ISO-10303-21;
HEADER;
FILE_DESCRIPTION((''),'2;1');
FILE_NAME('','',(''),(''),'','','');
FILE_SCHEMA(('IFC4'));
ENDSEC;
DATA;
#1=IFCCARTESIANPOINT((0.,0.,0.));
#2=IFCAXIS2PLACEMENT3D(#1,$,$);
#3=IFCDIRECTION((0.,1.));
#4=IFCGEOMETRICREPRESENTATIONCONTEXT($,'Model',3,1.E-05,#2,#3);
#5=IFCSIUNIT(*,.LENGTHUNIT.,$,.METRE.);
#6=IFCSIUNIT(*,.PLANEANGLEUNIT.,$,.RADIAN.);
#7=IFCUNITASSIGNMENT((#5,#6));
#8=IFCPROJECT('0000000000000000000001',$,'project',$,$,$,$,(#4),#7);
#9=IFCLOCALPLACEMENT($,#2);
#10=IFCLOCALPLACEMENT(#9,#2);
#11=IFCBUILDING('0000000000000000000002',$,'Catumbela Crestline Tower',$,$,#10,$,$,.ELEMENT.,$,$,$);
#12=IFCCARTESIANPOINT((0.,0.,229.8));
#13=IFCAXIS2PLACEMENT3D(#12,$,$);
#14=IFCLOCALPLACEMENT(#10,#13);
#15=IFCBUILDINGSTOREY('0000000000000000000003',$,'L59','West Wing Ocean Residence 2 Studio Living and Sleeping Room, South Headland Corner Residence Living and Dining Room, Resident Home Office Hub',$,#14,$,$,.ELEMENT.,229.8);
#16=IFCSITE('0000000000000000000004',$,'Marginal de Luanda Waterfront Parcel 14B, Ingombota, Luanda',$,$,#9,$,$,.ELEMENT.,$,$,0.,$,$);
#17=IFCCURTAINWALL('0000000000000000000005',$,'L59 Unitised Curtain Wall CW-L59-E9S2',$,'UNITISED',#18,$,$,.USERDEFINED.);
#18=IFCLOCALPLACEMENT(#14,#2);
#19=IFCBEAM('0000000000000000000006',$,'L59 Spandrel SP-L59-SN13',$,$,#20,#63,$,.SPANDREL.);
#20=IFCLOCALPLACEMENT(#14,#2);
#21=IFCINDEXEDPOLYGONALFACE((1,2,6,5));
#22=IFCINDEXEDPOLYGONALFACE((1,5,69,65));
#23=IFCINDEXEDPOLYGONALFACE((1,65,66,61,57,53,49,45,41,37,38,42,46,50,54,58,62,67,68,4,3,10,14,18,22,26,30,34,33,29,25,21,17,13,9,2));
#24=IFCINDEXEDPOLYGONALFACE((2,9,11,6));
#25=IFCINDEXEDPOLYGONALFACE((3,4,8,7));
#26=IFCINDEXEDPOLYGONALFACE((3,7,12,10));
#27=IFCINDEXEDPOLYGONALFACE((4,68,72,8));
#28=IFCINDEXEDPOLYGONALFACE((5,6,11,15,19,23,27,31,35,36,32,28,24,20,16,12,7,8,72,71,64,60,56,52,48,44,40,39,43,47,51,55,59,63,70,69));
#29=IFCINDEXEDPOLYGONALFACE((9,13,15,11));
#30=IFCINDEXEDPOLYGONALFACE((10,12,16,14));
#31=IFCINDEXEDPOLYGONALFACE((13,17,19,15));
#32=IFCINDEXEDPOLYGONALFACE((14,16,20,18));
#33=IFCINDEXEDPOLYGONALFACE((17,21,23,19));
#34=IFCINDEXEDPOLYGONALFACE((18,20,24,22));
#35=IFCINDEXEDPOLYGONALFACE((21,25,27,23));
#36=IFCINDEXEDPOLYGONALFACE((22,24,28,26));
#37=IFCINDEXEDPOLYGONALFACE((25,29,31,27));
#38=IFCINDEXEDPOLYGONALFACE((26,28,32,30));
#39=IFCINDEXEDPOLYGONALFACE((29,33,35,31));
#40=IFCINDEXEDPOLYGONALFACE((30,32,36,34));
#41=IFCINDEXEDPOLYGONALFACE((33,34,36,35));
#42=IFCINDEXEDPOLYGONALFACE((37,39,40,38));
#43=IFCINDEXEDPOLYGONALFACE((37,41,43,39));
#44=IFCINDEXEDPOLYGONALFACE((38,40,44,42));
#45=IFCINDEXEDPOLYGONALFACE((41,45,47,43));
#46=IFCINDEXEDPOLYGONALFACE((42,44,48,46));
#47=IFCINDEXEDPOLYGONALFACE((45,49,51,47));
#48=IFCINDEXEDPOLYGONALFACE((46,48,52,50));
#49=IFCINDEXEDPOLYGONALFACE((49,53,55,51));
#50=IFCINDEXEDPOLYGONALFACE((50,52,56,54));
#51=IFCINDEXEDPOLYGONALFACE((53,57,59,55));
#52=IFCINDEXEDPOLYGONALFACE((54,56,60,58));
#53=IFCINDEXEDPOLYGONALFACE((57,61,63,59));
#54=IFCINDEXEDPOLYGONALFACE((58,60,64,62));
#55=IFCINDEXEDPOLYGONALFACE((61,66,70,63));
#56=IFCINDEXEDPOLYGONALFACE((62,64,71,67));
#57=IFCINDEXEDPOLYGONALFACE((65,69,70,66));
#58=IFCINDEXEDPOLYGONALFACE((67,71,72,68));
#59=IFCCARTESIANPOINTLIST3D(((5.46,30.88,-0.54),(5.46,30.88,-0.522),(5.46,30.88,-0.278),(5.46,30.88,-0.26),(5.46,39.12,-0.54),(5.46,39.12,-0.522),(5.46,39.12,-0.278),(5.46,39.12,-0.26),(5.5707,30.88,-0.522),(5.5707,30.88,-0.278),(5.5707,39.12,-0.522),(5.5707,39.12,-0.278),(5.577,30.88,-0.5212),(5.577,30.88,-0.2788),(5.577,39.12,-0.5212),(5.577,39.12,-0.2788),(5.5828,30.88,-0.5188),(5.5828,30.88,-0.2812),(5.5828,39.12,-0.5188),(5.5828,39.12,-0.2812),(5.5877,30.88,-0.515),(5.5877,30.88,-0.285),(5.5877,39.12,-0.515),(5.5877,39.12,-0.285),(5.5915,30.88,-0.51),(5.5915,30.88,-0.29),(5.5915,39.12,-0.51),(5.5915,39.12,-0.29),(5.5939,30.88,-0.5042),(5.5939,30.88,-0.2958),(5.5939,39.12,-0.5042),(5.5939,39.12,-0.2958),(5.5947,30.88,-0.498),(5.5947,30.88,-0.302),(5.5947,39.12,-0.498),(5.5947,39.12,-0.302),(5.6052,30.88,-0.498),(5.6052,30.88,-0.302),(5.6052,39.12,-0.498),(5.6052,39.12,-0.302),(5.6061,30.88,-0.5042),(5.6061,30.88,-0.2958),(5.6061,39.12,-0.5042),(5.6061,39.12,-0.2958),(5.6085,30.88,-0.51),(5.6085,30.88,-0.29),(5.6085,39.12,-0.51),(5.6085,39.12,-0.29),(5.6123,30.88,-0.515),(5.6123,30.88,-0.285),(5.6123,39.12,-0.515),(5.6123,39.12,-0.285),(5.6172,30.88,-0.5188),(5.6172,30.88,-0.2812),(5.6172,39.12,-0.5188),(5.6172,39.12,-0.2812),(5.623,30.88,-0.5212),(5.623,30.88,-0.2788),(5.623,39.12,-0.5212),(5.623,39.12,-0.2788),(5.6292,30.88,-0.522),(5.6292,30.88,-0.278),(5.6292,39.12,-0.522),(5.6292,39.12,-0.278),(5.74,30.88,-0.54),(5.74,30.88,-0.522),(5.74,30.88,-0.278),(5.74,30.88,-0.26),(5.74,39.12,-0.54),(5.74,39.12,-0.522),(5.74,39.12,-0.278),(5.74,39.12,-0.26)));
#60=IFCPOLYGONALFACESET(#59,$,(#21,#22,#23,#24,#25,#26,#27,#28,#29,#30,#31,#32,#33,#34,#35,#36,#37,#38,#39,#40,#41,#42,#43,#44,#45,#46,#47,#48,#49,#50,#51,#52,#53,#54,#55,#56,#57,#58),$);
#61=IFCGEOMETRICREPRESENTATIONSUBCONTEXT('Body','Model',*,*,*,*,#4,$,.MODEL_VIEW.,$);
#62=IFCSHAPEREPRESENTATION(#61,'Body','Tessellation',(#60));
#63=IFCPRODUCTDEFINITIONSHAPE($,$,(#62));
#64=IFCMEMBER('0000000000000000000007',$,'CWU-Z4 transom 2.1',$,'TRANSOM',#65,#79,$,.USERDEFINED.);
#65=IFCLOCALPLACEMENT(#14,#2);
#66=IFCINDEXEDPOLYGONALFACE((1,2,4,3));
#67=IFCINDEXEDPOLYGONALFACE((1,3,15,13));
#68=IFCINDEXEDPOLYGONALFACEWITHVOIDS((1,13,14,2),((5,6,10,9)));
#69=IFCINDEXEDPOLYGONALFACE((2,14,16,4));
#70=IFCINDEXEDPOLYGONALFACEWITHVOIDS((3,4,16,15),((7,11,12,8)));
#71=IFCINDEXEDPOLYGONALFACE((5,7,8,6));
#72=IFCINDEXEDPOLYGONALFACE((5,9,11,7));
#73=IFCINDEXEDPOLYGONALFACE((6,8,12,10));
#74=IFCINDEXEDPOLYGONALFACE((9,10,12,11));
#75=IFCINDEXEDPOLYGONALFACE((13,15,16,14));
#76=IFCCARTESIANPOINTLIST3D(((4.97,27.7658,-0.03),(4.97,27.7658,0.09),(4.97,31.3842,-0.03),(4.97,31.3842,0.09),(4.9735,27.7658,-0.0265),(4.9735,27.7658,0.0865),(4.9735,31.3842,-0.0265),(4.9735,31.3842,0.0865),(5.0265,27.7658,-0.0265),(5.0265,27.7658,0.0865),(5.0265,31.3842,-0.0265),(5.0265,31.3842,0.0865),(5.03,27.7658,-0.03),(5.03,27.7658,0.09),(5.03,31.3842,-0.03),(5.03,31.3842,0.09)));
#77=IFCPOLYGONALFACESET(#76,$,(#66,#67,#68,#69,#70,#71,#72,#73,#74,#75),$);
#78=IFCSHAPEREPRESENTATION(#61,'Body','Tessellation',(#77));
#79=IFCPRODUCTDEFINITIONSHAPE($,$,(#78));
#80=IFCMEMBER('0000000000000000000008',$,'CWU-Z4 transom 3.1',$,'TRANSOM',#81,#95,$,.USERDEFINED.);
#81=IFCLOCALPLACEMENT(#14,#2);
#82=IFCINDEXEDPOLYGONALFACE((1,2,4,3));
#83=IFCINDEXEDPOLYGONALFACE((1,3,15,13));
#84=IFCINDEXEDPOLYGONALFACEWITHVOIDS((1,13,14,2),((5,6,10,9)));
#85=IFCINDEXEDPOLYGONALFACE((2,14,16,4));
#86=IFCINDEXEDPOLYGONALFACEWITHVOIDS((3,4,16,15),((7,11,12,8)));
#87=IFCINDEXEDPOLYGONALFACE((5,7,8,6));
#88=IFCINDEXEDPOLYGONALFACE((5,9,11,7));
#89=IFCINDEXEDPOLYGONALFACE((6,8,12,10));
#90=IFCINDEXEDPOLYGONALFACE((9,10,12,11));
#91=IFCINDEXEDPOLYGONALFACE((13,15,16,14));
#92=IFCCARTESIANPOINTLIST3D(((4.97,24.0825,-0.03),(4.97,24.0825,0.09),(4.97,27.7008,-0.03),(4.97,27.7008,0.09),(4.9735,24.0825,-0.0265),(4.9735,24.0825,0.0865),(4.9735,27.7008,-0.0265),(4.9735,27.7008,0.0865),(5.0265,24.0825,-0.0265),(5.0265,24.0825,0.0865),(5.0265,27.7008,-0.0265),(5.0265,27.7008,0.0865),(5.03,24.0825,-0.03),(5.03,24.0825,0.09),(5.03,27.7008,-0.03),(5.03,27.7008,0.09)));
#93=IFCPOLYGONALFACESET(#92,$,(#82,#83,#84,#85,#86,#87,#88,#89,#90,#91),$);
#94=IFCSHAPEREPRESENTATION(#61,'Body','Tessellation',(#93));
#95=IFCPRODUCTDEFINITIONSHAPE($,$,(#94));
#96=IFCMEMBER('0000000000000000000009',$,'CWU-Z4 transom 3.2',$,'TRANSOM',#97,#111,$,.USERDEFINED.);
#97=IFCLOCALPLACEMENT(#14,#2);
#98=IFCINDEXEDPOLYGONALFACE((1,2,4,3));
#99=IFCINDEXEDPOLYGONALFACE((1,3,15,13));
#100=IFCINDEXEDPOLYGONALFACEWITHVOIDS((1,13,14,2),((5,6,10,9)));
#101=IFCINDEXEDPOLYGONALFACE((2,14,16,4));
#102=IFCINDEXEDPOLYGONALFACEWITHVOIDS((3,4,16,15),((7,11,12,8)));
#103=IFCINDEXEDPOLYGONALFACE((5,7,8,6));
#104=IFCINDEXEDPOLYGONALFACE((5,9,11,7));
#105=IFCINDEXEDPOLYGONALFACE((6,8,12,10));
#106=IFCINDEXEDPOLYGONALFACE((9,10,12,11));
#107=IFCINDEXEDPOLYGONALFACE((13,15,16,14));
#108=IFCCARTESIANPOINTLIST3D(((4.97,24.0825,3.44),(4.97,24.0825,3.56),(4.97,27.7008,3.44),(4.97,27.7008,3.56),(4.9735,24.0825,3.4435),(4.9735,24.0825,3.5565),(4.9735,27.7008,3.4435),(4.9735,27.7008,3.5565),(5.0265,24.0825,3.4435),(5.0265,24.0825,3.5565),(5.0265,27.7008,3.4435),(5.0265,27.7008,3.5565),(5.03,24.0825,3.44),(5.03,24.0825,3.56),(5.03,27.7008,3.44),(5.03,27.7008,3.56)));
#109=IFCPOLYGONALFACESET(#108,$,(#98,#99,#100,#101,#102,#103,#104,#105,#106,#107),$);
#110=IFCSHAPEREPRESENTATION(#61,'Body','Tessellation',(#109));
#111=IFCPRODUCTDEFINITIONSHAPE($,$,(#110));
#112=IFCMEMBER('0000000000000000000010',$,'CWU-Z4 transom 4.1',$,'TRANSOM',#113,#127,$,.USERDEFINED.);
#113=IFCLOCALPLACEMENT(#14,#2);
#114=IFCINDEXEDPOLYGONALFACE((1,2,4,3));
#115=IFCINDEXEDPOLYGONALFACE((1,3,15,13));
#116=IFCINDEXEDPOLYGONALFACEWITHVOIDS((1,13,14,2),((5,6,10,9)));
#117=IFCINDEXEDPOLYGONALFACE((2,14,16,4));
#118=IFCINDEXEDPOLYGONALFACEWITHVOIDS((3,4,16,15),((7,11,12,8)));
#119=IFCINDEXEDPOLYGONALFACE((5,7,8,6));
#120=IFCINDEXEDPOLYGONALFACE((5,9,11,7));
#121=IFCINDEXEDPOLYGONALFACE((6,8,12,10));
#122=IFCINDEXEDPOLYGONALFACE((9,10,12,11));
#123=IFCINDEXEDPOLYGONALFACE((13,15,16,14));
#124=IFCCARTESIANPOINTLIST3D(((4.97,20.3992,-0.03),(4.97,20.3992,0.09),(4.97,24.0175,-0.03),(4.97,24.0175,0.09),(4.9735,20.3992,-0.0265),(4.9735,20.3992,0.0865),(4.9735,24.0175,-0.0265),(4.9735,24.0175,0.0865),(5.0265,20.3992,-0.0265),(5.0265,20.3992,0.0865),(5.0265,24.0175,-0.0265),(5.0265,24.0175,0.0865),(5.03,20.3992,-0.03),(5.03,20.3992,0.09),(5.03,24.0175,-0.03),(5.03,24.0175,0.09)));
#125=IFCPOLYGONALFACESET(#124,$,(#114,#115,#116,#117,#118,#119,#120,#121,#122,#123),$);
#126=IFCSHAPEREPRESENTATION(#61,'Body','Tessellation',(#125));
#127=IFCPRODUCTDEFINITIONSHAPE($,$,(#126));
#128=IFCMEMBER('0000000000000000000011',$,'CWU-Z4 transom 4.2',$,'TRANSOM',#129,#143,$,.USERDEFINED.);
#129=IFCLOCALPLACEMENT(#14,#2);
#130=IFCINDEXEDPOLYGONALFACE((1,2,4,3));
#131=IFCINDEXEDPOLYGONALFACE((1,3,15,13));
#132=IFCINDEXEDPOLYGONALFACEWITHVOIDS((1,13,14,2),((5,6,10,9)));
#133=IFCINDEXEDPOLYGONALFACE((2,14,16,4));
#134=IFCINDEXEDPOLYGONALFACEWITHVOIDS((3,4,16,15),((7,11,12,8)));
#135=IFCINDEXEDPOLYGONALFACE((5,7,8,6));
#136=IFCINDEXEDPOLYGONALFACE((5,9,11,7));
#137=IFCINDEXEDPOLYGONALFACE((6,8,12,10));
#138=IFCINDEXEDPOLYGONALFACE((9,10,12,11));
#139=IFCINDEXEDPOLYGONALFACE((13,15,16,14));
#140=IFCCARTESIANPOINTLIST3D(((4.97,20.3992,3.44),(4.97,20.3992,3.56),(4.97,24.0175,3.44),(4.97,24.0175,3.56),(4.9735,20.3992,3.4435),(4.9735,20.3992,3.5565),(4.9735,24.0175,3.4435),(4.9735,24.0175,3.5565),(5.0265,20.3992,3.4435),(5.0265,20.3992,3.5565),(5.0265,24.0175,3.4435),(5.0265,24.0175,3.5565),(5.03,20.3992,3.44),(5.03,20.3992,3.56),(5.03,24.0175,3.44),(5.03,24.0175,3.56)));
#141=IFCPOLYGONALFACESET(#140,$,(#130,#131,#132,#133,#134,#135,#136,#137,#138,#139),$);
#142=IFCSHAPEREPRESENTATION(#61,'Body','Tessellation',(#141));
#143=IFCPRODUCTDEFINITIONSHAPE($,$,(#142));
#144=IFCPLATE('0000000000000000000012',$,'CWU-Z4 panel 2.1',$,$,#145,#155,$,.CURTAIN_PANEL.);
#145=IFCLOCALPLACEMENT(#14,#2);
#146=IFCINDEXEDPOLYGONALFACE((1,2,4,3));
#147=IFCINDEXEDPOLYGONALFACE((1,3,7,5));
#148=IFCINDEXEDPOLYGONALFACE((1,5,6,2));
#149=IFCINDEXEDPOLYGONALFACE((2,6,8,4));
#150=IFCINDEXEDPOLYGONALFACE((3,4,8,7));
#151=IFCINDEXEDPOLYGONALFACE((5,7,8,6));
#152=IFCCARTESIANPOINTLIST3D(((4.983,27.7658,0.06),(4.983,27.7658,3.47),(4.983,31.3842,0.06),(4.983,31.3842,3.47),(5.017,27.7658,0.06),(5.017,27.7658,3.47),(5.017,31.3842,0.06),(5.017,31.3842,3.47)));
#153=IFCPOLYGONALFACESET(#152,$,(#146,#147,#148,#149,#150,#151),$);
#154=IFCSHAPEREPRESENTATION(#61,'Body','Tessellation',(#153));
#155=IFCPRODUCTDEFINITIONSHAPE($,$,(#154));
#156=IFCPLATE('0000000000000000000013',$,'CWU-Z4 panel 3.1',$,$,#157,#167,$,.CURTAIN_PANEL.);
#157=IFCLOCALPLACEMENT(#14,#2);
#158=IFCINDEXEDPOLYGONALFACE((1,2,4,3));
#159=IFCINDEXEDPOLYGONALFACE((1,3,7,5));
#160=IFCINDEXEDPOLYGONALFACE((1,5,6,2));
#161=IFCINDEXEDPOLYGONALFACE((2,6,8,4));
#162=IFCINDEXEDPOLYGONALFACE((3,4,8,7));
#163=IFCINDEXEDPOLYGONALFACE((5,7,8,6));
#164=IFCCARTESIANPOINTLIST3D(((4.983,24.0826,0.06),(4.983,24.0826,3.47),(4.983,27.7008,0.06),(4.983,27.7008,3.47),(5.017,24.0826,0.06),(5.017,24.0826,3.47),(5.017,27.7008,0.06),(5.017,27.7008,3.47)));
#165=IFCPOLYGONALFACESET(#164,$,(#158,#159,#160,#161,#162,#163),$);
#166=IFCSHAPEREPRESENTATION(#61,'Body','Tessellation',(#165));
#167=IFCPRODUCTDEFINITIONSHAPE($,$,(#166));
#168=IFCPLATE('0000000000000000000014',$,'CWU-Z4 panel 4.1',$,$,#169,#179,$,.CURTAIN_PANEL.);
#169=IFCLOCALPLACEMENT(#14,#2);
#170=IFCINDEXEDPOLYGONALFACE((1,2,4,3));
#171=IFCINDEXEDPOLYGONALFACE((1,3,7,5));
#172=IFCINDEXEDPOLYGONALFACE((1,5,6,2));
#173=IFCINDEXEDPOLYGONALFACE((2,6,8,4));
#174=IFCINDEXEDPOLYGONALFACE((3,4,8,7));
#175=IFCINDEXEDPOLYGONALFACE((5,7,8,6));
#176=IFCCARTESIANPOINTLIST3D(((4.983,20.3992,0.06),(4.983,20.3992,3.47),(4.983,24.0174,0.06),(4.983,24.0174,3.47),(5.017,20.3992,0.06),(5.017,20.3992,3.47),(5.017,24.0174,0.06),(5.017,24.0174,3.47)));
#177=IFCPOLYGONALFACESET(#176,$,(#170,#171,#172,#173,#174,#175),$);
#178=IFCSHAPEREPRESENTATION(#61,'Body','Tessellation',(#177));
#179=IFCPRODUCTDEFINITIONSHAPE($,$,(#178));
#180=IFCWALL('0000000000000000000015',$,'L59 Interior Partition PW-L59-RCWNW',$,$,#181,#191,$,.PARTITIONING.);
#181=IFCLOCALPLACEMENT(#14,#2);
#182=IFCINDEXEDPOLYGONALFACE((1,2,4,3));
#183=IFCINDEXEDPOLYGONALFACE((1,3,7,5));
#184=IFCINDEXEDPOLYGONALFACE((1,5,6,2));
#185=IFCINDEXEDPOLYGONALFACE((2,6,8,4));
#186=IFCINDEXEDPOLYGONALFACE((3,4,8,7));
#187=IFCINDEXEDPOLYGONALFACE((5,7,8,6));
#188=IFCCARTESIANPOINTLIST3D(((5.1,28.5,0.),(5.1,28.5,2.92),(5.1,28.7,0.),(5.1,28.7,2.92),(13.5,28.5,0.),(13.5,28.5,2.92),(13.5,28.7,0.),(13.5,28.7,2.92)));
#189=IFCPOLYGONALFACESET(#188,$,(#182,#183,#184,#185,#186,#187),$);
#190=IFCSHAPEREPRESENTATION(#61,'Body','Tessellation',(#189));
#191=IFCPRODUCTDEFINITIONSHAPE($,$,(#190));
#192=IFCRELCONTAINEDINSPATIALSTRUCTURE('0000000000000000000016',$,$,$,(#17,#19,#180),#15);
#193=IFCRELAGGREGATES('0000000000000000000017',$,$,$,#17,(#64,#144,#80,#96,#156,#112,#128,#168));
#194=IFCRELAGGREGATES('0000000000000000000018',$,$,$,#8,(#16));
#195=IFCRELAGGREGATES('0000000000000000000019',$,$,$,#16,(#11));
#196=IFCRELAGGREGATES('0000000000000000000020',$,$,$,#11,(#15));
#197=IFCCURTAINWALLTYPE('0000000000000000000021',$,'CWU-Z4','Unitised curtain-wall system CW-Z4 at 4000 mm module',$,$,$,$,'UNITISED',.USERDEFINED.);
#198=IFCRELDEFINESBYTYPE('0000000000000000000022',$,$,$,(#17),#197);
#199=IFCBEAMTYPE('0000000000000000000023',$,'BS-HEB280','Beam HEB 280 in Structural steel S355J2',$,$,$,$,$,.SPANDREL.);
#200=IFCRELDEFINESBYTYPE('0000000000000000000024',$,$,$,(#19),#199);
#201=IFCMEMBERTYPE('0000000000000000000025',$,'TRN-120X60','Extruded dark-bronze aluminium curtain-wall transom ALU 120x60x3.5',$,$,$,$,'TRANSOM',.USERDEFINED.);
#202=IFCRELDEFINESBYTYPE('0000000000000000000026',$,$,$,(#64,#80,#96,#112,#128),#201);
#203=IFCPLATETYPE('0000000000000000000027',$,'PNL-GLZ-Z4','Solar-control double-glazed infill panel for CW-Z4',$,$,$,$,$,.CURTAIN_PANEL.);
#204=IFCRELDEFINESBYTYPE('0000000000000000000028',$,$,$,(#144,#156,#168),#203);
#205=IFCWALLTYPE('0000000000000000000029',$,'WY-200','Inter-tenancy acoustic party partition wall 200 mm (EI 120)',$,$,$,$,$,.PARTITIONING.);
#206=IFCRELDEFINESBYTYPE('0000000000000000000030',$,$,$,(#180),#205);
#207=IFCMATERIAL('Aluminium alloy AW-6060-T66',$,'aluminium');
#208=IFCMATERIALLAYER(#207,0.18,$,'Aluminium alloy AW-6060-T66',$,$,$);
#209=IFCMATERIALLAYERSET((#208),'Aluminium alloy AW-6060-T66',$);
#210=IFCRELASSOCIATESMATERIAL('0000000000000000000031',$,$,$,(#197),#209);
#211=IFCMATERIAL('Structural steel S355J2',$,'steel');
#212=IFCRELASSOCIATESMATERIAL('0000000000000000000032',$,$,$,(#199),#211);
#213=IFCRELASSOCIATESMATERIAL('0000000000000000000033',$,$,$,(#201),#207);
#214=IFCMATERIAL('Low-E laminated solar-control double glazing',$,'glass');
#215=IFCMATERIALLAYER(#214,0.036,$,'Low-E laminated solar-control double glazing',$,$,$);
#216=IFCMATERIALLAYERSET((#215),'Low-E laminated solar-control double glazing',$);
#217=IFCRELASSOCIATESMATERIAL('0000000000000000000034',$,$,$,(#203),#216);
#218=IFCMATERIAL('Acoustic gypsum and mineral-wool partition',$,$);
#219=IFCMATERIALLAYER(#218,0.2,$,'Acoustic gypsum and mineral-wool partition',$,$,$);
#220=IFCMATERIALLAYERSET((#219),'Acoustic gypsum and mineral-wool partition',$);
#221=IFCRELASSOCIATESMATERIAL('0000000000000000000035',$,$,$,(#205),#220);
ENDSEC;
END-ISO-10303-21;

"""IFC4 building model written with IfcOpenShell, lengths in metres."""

from ifc_helpers import new_model, si_unit, direction, frame, frame_2d, origin, origin_2d, place, context, subcontext, project, spatial, rectangle, hollow_rectangle, i_section, extrude, material, layer, layer_set, material_profile, profile_set, type_object, element, aggregate, save


model = new_model("IFC4")

# Units and contexts
model_context = context("Model", 3, precision=1e-05, world=origin(), true_north=direction((0.0, 1.0)))
body_context = subcontext(model_context, "Body", "Model", "MODEL_VIEW")
ifc_project = project(units=[si_unit("LENGTHUNIT", "METRE"), si_unit("PLANEANGLEUNIT", "RADIAN")], contexts=[model_context])

# Site, building, storey
site_placement = place(None, origin())
site = spatial("IfcSite", under=ifc_project, at=site_placement, Name="Marginal de Luanda Waterfront Parcel 14B, Ingombota, Luanda", CompositionType="ELEMENT", RefElevation=0.0)
building_placement = place(site_placement, origin())
building = spatial("IfcBuilding", under=site, at=building_placement, Name="Catumbela Crestline Tower", CompositionType="ELEMENT")
storey_placement = place(building_placement, frame((0.0, 0.0, 229.8)))
storey = spatial("IfcBuildingStorey", under=building, at=storey_placement, Name="L59", Description="West Wing Ocean Residence 2 Studio Living and Sleeping Room, South Headland Corner Residence Living and Dining Room, Resident Home Office Hub", CompositionType="ELEMENT", Elevation=229.8)

# Shared definitions
ifc_material_1 = material(Name="Structural steel S355J2", Category="steel")

# Curtain wall
ifc_material_2 = material(Name="Aluminium alloy AW-6060-T66", Category="aluminium")
ifc_layer_1 = layer(ifc_material_2, 0.18, Name="Aluminium alloy AW-6060-T66")
ifc_layer_set_1 = layer_set([ifc_layer_1], Name="Aluminium alloy AW-6060-T66")
curtain_wall_type = type_object("IfcCurtainWallType", Name="CWU-Z4", Description="Unitised curtain-wall system CW-Z4 at 4000 mm module", ElementType="UNITISED", PredefinedType="USERDEFINED", material=ifc_layer_set_1)
curtain_wall_placement = place(storey_placement, origin())
curtain_wall = element("IfcCurtainWall", 1, at=curtain_wall_placement, inside=storey, type_object=curtain_wall_type, Name="L59 Unitised Curtain Wall CW-L59-E9S2", ObjectType="UNITISED", PredefinedType="USERDEFINED")

# Beam
ifc_material_profile_1 = material_profile(ifc_material_1, i_section(OverallWidth=0.28, OverallDepth=0.28, WebThickness=0.0105, FlangeThickness=0.018, FilletRadius=0.024, at=origin_2d()), Name="HEB 280")
ifc_profile_set_1 = profile_set([ifc_material_profile_1], Name="Structural steel S355J2")
beam_type = type_object("IfcBeamType", Name="BS-HEB280", Description="Beam HEB 280 in Structural steel S355J2", PredefinedType="SPANDREL", material=ifc_profile_set_1)
beam_1_placement = place(storey_placement, frame((5.6, 30.88, -0.4), z_axis=(0.0, 1.0, 0.0), x_axis=(-1.0, 0.0, 0.0)))
element("IfcBeam", 2, at=beam_1_placement, inside=storey, type_object=beam_type, Name="L59 Spandrel SP-L59-SN13", PredefinedType="SPANDREL", context=body_context, shape_type="SweptSolid", body=[
    extrude(i_section(OverallWidth=0.28, OverallDepth=0.28, WebThickness=0.0105, FlangeThickness=0.018, FilletRadius=0.024, at=origin_2d()), origin(), (0.0, 0.0, 1.0), 8.24),
])

# Members
ifc_material_profile_2 = material_profile(ifc_material_2, hollow_rectangle(XDim=0.06, YDim=0.12, WallThickness=0.0035, at=origin_2d()), Name="ALU 120x60x3.5")
ifc_profile_set_2 = profile_set([ifc_material_profile_2], Name="Aluminium alloy AW-6060-T66")
member_type_1 = type_object("IfcMemberType", Name="TRN-120X60", Description="Extruded dark-bronze aluminium curtain-wall transom ALU 120x60x3.5", ElementType="TRANSOM", PredefinedType="USERDEFINED", material=ifc_profile_set_2)
member_1_placement = place(storey_placement, frame((5.0, 31.3842, 0.03), z_axis=(0.0, -1.0, 0.0), x_axis=(1.0, 0.0, 0.0)))
member_1 = element("IfcMember", 3, at=member_1_placement, type_object=member_type_1, Name="CWU-Z4 transom 2.1", ObjectType="TRANSOM", PredefinedType="USERDEFINED", context=body_context, shape_type="SweptSolid", body=[
    extrude(hollow_rectangle(XDim=0.06, YDim=0.12, WallThickness=0.0035, at=origin_2d()), origin(), (0.0, 0.0, 1.0), 3.6184),
])
member_2_placement = place(storey_placement, frame((5.0, 27.7008, 0.03), z_axis=(0.0, -1.0, 0.0), x_axis=(1.0, 0.0, 0.0)))
member_2 = element("IfcMember", 4, at=member_2_placement, type_object=member_type_1, Name="CWU-Z4 transom 3.1", ObjectType="TRANSOM", PredefinedType="USERDEFINED", context=body_context, shape_type="SweptSolid", body=[
    extrude(hollow_rectangle(XDim=0.06, YDim=0.12, WallThickness=0.0035, at=origin_2d()), origin(), (0.0, 0.0, 1.0), 3.6183),
])
member_3_placement = place(storey_placement, frame((5.0, 27.7008, 3.5), z_axis=(0.0, -1.0, 0.0), x_axis=(1.0, 0.0, 0.0)))
member_3 = element("IfcMember", 5, at=member_3_placement, type_object=member_type_1, Name="CWU-Z4 transom 3.2", ObjectType="TRANSOM", PredefinedType="USERDEFINED", context=body_context, shape_type="SweptSolid", body=[
    extrude(hollow_rectangle(XDim=0.06, YDim=0.12, WallThickness=0.0035, at=origin_2d()), origin(), (0.0, 0.0, 1.0), 3.6183),
])
member_4_placement = place(storey_placement, frame((5.0, 24.0175, 0.03), z_axis=(0.0, -1.0, 0.0), x_axis=(1.0, 0.0, 0.0)))
member_4 = element("IfcMember", 6, at=member_4_placement, type_object=member_type_1, Name="CWU-Z4 transom 4.1", ObjectType="TRANSOM", PredefinedType="USERDEFINED", context=body_context, shape_type="SweptSolid", body=[
    extrude(hollow_rectangle(XDim=0.06, YDim=0.12, WallThickness=0.0035, at=origin_2d()), origin(), (0.0, 0.0, 1.0), 3.6183),
])
member_5_placement = place(storey_placement, frame((5.0, 24.0175, 3.5), z_axis=(0.0, -1.0, 0.0), x_axis=(1.0, 0.0, 0.0)))
member_5 = element("IfcMember", 7, at=member_5_placement, type_object=member_type_1, Name="CWU-Z4 transom 4.2", ObjectType="TRANSOM", PredefinedType="USERDEFINED", context=body_context, shape_type="SweptSolid", body=[
    extrude(hollow_rectangle(XDim=0.06, YDim=0.12, WallThickness=0.0035, at=origin_2d()), origin(), (0.0, 0.0, 1.0), 3.6183),
])

# Plates
ifc_material_3 = material(Name="Low-E laminated solar-control double glazing", Category="glass")
ifc_layer_2 = layer(ifc_material_3, 0.036, Name="Low-E laminated solar-control double glazing")
ifc_layer_set_2 = layer_set([ifc_layer_2], Name="Low-E laminated solar-control double glazing")
plate_type = type_object("IfcPlateType", Name="PNL-GLZ-Z4", Description="Solar-control double-glazed infill panel for CW-Z4", PredefinedType="CURTAIN_PANEL", material=ifc_layer_set_2)
plate_1_placement = place(storey_placement, frame((5.0, 29.575, 0.06), z_axis=(0.0, 0.0, 1.0), x_axis=(0.0, -1.0, 0.0)))
plate_1 = element("IfcPlate", 8, at=plate_1_placement, type_object=plate_type, Name="CWU-Z4 panel 2.1", PredefinedType="CURTAIN_PANEL", context=body_context, shape_type="SweptSolid", body=[
    extrude(rectangle(XDim=3.6183, YDim=0.034, at=origin_2d()), origin(), (0.0, 0.0, 1.0), 3.41),
])
plate_2_placement = place(storey_placement, frame((5.0, 25.8917, 0.06), z_axis=(0.0, 0.0, 1.0), x_axis=(0.0, -1.0, 0.0)))
plate_2 = element("IfcPlate", 9, at=plate_2_placement, type_object=plate_type, Name="CWU-Z4 panel 3.1", PredefinedType="CURTAIN_PANEL", context=body_context, shape_type="SweptSolid", body=[
    extrude(rectangle(XDim=3.6183, YDim=0.034, at=origin_2d()), origin(), (0.0, 0.0, 1.0), 3.41),
])
plate_3_placement = place(storey_placement, frame((5.0, 22.2083, 0.06), z_axis=(0.0, 0.0, 1.0), x_axis=(0.0, -1.0, 0.0)))
plate_3 = element("IfcPlate", 10, at=plate_3_placement, type_object=plate_type, Name="CWU-Z4 panel 4.1", PredefinedType="CURTAIN_PANEL", context=body_context, shape_type="SweptSolid", body=[
    extrude(rectangle(XDim=3.6183, YDim=0.034, at=origin_2d()), origin(), (0.0, 0.0, 1.0), 3.41),
])
aggregate(curtain_wall, [member_1, plate_1, member_2, member_3, plate_2, member_4, member_5, plate_3])

# Wall
ifc_material_4 = material(Name="Acoustic gypsum and mineral-wool partition")
ifc_layer_3 = layer(ifc_material_4, 0.2, Name="Acoustic gypsum and mineral-wool partition")
ifc_layer_set_3 = layer_set([ifc_layer_3], Name="Acoustic gypsum and mineral-wool partition")
wall_type = type_object("IfcWallType", Name="WY-200", Description="Inter-tenancy acoustic party partition wall 200 mm (EI 120)", PredefinedType="PARTITIONING", material=ifc_layer_set_3)
wall_1_placement = place(storey_placement, frame((5.1, 28.6, 0.0), z_axis=(0.0, 0.0, 1.0), x_axis=(1.0, 0.0, 0.0)))
element("IfcWall", 11, at=wall_1_placement, inside=storey, type_object=wall_type, Name="L59 Interior Partition PW-L59-RCWNW", PredefinedType="PARTITIONING", context=body_context, shape_type="SweptSolid", body=[
    extrude(rectangle(XDim=8.4, YDim=0.2, at=frame_2d((4.2, 0.0))), origin(), (0.0, 0.0, 1.0), 2.92),
])

save(model, "model.ifc")
